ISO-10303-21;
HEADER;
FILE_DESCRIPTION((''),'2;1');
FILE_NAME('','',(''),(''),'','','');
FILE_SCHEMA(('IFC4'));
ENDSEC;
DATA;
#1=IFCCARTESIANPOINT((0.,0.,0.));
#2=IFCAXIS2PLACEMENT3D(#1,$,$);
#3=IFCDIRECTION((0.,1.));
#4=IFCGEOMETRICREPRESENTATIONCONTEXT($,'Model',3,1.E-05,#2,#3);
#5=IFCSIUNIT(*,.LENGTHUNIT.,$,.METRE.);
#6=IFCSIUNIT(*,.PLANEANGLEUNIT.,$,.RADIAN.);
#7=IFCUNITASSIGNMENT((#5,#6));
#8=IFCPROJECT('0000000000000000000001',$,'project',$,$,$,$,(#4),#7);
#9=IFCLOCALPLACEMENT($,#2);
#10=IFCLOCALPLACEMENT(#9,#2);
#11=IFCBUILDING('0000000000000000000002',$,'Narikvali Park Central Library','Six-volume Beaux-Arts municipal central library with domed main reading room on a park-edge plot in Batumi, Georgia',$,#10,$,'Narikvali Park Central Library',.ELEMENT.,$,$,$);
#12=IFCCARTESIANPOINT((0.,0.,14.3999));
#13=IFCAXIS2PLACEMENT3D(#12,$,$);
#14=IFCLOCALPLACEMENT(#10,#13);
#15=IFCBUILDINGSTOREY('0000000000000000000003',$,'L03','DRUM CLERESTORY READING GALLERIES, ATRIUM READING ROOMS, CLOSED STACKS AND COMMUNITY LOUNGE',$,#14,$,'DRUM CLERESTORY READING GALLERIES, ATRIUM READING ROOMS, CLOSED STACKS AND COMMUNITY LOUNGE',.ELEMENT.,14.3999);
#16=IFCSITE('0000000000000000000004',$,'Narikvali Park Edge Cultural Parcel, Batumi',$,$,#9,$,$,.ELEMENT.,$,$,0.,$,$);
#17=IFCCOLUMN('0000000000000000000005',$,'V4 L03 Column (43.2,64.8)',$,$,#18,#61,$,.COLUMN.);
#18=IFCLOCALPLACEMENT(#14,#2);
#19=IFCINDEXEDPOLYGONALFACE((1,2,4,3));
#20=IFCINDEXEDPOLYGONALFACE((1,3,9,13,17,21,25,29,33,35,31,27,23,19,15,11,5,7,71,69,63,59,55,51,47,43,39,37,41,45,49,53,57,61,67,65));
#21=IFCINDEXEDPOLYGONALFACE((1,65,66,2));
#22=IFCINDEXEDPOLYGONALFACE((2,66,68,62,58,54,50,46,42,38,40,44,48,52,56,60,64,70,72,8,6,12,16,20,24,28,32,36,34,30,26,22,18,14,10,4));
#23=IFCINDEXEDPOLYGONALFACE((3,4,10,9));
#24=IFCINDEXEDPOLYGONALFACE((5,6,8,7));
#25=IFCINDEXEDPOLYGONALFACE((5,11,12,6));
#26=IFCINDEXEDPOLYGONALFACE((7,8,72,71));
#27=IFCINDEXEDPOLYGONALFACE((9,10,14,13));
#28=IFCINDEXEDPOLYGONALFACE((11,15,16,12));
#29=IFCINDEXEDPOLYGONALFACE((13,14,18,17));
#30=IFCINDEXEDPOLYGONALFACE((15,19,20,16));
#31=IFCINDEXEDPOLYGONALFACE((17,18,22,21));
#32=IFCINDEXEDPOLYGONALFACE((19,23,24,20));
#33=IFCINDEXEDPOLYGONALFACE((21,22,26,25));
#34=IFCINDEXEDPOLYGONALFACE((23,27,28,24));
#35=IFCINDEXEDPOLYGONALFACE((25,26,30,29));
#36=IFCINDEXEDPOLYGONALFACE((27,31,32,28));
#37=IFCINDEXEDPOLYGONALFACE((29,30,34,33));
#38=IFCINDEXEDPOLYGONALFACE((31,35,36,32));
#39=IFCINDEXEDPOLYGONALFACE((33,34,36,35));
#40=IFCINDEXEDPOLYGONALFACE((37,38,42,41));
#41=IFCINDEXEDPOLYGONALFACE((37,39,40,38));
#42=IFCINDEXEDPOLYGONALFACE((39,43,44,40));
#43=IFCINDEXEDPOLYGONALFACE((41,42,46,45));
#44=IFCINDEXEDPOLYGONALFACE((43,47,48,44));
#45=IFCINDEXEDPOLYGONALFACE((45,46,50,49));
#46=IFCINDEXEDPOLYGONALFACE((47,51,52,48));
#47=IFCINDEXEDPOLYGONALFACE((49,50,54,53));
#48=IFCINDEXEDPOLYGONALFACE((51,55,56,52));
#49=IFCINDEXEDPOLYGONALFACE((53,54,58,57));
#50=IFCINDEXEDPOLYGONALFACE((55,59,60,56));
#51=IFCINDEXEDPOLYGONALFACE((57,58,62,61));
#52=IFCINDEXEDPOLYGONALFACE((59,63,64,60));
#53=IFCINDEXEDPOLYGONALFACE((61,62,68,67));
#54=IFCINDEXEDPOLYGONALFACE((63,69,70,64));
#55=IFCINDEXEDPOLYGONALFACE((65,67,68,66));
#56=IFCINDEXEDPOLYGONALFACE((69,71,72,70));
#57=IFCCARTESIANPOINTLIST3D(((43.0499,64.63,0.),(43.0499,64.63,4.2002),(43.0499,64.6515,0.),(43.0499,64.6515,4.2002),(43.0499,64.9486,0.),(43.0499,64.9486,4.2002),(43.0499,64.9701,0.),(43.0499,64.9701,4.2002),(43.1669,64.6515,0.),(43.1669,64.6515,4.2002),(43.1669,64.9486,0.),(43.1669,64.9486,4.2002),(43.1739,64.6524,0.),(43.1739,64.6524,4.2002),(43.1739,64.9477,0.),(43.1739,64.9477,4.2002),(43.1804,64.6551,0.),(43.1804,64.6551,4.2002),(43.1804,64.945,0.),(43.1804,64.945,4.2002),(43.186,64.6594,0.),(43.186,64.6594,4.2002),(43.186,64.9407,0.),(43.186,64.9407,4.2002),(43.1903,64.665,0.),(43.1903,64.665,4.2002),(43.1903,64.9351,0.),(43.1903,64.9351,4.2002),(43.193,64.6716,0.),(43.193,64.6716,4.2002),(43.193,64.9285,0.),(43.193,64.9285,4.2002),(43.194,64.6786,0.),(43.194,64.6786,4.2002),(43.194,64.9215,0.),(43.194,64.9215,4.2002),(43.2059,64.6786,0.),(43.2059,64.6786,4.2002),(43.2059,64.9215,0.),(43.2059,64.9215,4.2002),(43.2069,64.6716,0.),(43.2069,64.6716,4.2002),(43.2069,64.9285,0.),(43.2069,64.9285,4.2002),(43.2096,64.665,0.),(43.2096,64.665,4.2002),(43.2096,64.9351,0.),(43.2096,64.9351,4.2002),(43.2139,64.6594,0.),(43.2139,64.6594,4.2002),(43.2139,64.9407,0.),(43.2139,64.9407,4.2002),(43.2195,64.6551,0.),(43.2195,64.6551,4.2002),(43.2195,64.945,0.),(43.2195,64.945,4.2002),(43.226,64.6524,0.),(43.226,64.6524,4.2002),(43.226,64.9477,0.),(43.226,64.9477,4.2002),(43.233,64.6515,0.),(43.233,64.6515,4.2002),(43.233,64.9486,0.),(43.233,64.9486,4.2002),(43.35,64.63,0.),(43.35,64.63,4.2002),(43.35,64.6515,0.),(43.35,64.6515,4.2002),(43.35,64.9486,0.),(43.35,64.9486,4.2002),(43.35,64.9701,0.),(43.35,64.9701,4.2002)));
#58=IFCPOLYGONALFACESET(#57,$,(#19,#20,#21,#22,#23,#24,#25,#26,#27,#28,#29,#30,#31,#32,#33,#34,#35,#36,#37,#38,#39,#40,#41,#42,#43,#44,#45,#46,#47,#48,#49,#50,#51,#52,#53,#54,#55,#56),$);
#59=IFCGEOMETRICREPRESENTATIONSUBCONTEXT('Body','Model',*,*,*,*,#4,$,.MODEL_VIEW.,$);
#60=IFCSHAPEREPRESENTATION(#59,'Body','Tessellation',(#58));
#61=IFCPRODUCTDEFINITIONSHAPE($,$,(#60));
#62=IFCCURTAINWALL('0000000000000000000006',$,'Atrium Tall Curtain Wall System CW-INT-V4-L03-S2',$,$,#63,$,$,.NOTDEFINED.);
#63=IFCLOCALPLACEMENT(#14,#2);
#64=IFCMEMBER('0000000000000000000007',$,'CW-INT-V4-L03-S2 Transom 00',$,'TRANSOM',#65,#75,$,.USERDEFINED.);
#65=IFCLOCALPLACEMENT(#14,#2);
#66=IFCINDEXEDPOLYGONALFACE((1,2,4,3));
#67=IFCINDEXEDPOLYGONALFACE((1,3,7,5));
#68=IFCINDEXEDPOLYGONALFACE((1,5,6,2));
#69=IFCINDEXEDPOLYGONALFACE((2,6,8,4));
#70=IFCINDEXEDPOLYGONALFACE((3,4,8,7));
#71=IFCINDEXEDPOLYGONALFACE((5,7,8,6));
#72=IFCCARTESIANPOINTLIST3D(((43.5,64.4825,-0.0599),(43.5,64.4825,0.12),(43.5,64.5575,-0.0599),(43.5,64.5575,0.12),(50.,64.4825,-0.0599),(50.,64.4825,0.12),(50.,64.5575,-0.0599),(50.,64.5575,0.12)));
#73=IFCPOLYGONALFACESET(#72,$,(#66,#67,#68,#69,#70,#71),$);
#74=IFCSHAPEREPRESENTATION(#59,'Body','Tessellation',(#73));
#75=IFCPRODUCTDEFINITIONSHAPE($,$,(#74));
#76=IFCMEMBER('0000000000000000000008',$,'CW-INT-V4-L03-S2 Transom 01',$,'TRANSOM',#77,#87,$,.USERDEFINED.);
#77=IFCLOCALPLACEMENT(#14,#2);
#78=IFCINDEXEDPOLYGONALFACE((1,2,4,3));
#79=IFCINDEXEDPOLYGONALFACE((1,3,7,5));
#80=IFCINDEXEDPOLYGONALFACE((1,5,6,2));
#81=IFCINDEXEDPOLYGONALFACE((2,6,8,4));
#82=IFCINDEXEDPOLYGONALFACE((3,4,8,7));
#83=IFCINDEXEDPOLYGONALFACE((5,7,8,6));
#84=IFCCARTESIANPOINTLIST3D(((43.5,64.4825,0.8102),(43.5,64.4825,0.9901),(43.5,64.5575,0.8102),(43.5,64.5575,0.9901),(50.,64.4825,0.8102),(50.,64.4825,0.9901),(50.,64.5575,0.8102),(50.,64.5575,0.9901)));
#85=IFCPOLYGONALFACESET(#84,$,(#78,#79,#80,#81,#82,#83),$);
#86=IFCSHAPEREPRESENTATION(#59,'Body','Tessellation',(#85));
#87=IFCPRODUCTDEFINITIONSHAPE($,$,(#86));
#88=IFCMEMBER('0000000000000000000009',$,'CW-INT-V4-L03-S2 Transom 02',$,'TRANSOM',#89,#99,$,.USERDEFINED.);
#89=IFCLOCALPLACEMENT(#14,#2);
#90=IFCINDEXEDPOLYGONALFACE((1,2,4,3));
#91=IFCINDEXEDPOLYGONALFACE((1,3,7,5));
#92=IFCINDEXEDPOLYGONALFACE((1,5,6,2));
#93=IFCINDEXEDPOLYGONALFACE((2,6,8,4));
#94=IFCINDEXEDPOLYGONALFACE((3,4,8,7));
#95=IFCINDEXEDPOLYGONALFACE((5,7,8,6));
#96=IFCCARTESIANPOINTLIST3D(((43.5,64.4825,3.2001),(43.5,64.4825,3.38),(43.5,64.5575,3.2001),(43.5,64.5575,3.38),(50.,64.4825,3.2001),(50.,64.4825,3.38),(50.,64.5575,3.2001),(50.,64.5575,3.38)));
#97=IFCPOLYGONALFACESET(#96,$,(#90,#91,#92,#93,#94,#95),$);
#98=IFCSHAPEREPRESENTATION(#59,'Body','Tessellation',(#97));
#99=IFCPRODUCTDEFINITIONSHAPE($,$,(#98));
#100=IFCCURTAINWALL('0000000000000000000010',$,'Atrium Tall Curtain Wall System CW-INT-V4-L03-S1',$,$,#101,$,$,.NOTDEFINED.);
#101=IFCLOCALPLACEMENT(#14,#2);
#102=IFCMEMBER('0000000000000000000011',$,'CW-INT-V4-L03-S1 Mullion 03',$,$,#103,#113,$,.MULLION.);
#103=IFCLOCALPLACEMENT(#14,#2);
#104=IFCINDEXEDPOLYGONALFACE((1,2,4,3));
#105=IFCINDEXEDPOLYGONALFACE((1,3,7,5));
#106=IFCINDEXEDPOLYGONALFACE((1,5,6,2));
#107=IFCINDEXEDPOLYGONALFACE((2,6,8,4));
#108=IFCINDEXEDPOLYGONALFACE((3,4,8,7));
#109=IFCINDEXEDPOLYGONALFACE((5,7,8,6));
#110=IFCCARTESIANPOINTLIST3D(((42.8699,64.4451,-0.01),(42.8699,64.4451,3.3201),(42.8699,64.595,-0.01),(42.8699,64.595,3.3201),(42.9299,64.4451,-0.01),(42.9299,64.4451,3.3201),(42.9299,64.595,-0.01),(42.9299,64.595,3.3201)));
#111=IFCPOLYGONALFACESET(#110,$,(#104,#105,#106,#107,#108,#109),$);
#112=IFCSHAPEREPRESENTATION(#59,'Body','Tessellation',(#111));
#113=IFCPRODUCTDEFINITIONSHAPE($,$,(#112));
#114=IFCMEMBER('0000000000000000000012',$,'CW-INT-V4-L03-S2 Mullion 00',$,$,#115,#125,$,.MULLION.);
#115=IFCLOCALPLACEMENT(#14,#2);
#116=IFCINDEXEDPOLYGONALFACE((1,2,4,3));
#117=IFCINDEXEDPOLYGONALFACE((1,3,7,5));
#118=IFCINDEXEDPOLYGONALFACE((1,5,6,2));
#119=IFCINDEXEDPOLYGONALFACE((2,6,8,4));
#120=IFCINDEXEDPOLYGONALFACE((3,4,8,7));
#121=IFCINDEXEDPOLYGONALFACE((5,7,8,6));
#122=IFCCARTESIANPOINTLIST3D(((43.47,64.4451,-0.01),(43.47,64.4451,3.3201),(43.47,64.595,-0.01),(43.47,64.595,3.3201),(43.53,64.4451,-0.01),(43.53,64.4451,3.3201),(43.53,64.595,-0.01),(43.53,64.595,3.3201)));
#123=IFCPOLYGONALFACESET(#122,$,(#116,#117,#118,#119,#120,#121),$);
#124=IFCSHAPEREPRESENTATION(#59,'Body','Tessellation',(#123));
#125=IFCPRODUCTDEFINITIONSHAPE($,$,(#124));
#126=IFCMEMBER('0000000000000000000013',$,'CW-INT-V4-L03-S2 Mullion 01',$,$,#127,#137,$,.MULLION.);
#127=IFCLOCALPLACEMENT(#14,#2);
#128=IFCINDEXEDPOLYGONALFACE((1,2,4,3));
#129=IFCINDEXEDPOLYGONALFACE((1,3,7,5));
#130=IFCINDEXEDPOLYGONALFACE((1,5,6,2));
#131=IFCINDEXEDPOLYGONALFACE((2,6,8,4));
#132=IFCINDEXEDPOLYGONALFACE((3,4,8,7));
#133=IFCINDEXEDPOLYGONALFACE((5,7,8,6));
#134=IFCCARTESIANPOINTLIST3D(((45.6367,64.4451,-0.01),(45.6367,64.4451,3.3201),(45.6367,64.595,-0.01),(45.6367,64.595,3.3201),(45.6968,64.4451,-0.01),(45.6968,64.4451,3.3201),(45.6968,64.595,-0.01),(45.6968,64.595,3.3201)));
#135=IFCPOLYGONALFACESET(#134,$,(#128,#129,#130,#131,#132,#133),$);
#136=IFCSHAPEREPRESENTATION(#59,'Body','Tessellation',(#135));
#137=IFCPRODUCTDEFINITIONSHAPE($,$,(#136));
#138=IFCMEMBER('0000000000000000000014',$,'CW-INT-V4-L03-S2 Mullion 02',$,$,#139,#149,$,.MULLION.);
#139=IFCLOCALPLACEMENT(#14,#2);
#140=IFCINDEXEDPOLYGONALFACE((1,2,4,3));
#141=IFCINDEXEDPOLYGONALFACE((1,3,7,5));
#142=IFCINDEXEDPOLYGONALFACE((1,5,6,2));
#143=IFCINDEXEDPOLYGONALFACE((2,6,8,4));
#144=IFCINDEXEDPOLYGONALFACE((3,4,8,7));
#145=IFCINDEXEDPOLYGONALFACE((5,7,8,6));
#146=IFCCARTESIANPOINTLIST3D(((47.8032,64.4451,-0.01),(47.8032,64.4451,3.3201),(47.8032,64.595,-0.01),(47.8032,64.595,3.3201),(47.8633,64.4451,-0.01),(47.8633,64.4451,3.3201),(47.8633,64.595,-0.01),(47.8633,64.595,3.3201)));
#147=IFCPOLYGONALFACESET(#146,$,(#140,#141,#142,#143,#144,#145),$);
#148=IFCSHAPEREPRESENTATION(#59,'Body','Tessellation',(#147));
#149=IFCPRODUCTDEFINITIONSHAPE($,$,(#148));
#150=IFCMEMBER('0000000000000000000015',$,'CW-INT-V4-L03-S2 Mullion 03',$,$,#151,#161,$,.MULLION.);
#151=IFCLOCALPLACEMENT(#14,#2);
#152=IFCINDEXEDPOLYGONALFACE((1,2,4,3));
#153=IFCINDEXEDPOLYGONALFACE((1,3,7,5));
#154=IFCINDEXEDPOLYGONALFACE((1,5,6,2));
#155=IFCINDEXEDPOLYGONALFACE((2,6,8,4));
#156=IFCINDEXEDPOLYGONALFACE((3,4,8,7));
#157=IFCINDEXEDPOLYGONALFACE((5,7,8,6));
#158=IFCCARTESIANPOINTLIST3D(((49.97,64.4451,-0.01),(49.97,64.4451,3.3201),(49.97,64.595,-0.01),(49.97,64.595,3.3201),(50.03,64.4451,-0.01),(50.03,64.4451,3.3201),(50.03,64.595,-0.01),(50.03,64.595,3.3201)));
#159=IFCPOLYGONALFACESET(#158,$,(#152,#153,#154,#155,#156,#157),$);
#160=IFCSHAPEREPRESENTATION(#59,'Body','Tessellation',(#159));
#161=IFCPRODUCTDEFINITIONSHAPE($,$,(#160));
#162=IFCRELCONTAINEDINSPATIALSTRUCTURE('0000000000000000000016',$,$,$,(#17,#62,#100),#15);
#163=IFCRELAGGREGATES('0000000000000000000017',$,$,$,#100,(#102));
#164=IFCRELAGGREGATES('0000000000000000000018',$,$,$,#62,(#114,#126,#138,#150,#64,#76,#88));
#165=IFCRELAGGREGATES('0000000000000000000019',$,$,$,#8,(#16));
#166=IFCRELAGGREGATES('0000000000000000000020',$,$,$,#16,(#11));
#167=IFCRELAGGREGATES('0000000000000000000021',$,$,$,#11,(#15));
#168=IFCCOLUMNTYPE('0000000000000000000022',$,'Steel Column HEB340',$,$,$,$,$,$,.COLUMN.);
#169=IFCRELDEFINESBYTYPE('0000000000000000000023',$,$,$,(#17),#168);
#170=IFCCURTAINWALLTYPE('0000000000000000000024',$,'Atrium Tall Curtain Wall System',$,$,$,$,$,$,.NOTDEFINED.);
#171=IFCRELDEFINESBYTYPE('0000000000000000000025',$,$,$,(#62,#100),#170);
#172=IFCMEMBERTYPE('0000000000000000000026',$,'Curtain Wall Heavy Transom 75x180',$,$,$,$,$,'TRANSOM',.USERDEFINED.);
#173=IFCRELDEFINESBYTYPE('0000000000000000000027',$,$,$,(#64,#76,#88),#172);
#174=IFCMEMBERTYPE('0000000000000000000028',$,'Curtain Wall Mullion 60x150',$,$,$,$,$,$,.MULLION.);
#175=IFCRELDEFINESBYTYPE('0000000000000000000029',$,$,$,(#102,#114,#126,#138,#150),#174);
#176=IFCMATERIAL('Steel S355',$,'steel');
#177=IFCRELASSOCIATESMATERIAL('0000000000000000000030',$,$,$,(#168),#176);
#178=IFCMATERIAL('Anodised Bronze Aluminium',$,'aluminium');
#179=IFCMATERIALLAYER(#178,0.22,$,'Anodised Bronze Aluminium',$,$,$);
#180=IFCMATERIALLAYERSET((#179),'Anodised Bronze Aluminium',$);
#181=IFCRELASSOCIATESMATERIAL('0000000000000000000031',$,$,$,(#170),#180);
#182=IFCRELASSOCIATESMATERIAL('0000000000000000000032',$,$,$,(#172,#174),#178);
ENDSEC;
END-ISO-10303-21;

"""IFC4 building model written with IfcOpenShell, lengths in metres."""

from ifc_helpers import new_model, si_unit, direction, frame, origin, origin_2d, place, context, subcontext, project, spatial, rectangle, i_section, extrude, material, layer, layer_set, material_profile, profile_set, type_object, element, aggregate, save


model = new_model("IFC4")

# Units and contexts
model_context = context("Model", 3, precision=1e-05, world=origin(), true_north=direction((0.0, 1.0)))
body_context = subcontext(model_context, "Body", "Model", "MODEL_VIEW")
ifc_project = project(units=[si_unit("LENGTHUNIT", "METRE"), si_unit("PLANEANGLEUNIT", "RADIAN")], contexts=[model_context])

# Site, building, storey
site_placement = place(None, origin())
site = spatial("IfcSite", under=ifc_project, at=site_placement, Name="Narikvali Park Edge Cultural Parcel, Batumi", CompositionType="ELEMENT", RefElevation=0.0)
building_placement = place(site_placement, origin())
building = spatial("IfcBuilding", under=site, at=building_placement, Name="Narikvali Park Central Library", Description="Six-volume Beaux-Arts municipal central library with domed main reading room on a park-edge plot in Batumi, Georgia", LongName="Narikvali Park Central Library", CompositionType="ELEMENT")
storey_placement = place(building_placement, frame((0.0, 0.0, 14.3999)))
storey = spatial("IfcBuildingStorey", under=building, at=storey_placement, Name="L03", Description="DRUM CLERESTORY READING GALLERIES, ATRIUM READING ROOMS, CLOSED STACKS AND COMMUNITY LOUNGE", LongName="DRUM CLERESTORY READING GALLERIES, ATRIUM READING ROOMS, CLOSED STACKS AND COMMUNITY LOUNGE", CompositionType="ELEMENT", Elevation=14.3999)

# Column
ifc_material_1 = material(Name="Steel S355", Category="steel")
ifc_material_profile_1 = material_profile(ifc_material_1, i_section(OverallWidth=0.3, OverallDepth=0.3401, WebThickness=0.012, FlangeThickness=0.0215, FilletRadius=0.0271, at=origin_2d()), Name="HEB 340")
ifc_profile_set_1 = profile_set([ifc_material_profile_1], Name="Steel S355")
column_type = type_object("IfcColumnType", Name="Steel Column HEB340", PredefinedType="COLUMN", material=ifc_profile_set_1)
column_placement = place(storey_placement, frame((43.2, 64.8, 0.0), z_axis=(0.0, 0.0, 1.0), x_axis=(1.0, 0.0, 0.0)))
element("IfcColumn", 1, at=column_placement, inside=storey, type_object=column_type, Name="V4 L03 Column (43.2,64.8)", PredefinedType="COLUMN", context=body_context, shape_type="SweptSolid", body=[
    extrude(i_section(OverallWidth=0.3, OverallDepth=0.3401, WebThickness=0.012, FlangeThickness=0.0215, FilletRadius=0.0271, at=origin_2d()), origin(), (0.0, 0.0, 1.0), 4.2002),
])

# Curtain wall, members
ifc_material_2 = material(Name="Anodised Bronze Aluminium", Category="aluminium")
ifc_layer_1 = layer(ifc_material_2, 0.22, Name="Anodised Bronze Aluminium")
ifc_layer_set_1 = layer_set([ifc_layer_1], Name="Anodised Bronze Aluminium")
curtain_wall_type = type_object("IfcCurtainWallType", Name="Atrium Tall Curtain Wall System", PredefinedType="NOTDEFINED", material=ifc_layer_set_1)
curtain_wall_1_placement = place(storey_placement, origin())
curtain_wall_1 = element("IfcCurtainWall", 2, at=curtain_wall_1_placement, inside=storey, type_object=curtain_wall_type, Name="Atrium Tall Curtain Wall System CW-INT-V4-L03-S2", PredefinedType="NOTDEFINED")
ifc_material_profile_2 = material_profile(ifc_material_2, rectangle(XDim=0.075, YDim=0.1799, at=origin_2d()), Name="CW TRANSOM 75x180")
ifc_profile_set_2 = profile_set([ifc_material_profile_2], Name="Anodised Bronze Aluminium")
member_type_1 = type_object("IfcMemberType", Name="Curtain Wall Heavy Transom 75x180", ElementType="TRANSOM", PredefinedType="USERDEFINED", material=ifc_profile_set_2)
member_1_placement = place(storey_placement, frame((43.5, 64.52, 0.03), z_axis=(1.0, 0.0, 0.0), x_axis=(0.0, 1.0, 0.0)))
member_1 = element("IfcMember", 3, at=member_1_placement, type_object=member_type_1, Name="CW-INT-V4-L03-S2 Transom 00", ObjectType="TRANSOM", PredefinedType="USERDEFINED", context=body_context, shape_type="SweptSolid", body=[
    extrude(rectangle(XDim=0.075, YDim=0.1799, at=origin_2d()), origin(), (0.0, 0.0, 1.0), 6.5),
])
member_2_placement = place(storey_placement, frame((43.5, 64.52, 0.9001), z_axis=(1.0, 0.0, 0.0), x_axis=(0.0, 1.0, 0.0)))
member_2 = element("IfcMember", 4, at=member_2_placement, type_object=member_type_1, Name="CW-INT-V4-L03-S2 Transom 01", ObjectType="TRANSOM", PredefinedType="USERDEFINED", context=body_context, shape_type="SweptSolid", body=[
    extrude(rectangle(XDim=0.075, YDim=0.1799, at=origin_2d()), origin(), (0.0, 0.0, 1.0), 6.5),
])
member_3_placement = place(storey_placement, frame((43.5, 64.52, 3.29), z_axis=(1.0, 0.0, 0.0), x_axis=(0.0, 1.0, 0.0)))
member_3 = element("IfcMember", 5, at=member_3_placement, type_object=member_type_1, Name="CW-INT-V4-L03-S2 Transom 02", ObjectType="TRANSOM", PredefinedType="USERDEFINED", context=body_context, shape_type="SweptSolid", body=[
    extrude(rectangle(XDim=0.075, YDim=0.1799, at=origin_2d()), origin(), (0.0, 0.0, 1.0), 6.5),
])

# Curtain wall, member
curtain_wall_2_placement = place(storey_placement, origin())
curtain_wall_2 = element("IfcCurtainWall", 6, at=curtain_wall_2_placement, inside=storey, type_object=curtain_wall_type, Name="Atrium Tall Curtain Wall System CW-INT-V4-L03-S1", PredefinedType="NOTDEFINED")
ifc_material_profile_3 = material_profile(ifc_material_2, rectangle(XDim=0.0601, YDim=0.1499, at=origin_2d()), Name="CW MULLION 60x150")
ifc_profile_set_3 = profile_set([ifc_material_profile_3], Name="Anodised Bronze Aluminium")
member_type_2 = type_object("IfcMemberType", Name="Curtain Wall Mullion 60x150", PredefinedType="MULLION", material=ifc_profile_set_3)
member_4_placement = place(storey_placement, frame((42.8999, 64.52, -0.01), z_axis=(0.0, 0.0, 1.0), x_axis=(1.0, 0.0, 0.0)))
member_4 = element("IfcMember", 7, at=member_4_placement, type_object=member_type_2, Name="CW-INT-V4-L03-S1 Mullion 03", PredefinedType="MULLION", context=body_context, shape_type="SweptSolid", body=[
    extrude(rectangle(XDim=0.0601, YDim=0.1499, at=origin_2d()), origin(), (0.0, 0.0, 1.0), 3.3301),
])

# Members
member_5_placement = place(storey_placement, frame((43.5, 64.52, -0.01), z_axis=(0.0, 0.0, 1.0), x_axis=(1.0, 0.0, 0.0)))
member_5 = element("IfcMember", 8, at=member_5_placement, type_object=member_type_2, Name="CW-INT-V4-L03-S2 Mullion 00", PredefinedType="MULLION", context=body_context, shape_type="SweptSolid", body=[
    extrude(rectangle(XDim=0.0601, YDim=0.1499, at=origin_2d()), origin(), (0.0, 0.0, 1.0), 3.3301),
])
member_6_placement = place(storey_placement, frame((45.6667, 64.52, -0.01), z_axis=(0.0, 0.0, 1.0), x_axis=(1.0, 0.0, 0.0)))
member_6 = element("IfcMember", 9, at=member_6_placement, type_object=member_type_2, Name="CW-INT-V4-L03-S2 Mullion 01", PredefinedType="MULLION", context=body_context, shape_type="SweptSolid", body=[
    extrude(rectangle(XDim=0.0601, YDim=0.1499, at=origin_2d()), origin(), (0.0, 0.0, 1.0), 3.3301),
])
member_7_placement = place(storey_placement, frame((47.8333, 64.52, -0.01), z_axis=(0.0, 0.0, 1.0), x_axis=(1.0, 0.0, 0.0)))
member_7 = element("IfcMember", 10, at=member_7_placement, type_object=member_type_2, Name="CW-INT-V4-L03-S2 Mullion 02", PredefinedType="MULLION", context=body_context, shape_type="SweptSolid", body=[
    extrude(rectangle(XDim=0.0601, YDim=0.1499, at=origin_2d()), origin(), (0.0, 0.0, 1.0), 3.3301),
])
member_8_placement = place(storey_placement, frame((50.0, 64.52, -0.01), z_axis=(0.0, 0.0, 1.0), x_axis=(1.0, 0.0, 0.0)))
member_8 = element("IfcMember", 11, at=member_8_placement, type_object=member_type_2, Name="CW-INT-V4-L03-S2 Mullion 03", PredefinedType="MULLION", context=body_context, shape_type="SweptSolid", body=[
    extrude(rectangle(XDim=0.0601, YDim=0.1499, at=origin_2d()), origin(), (0.0, 0.0, 1.0), 3.3301),
])

aggregate(curtain_wall_2, [member_4])
aggregate(curtain_wall_1, [member_5, member_6, member_7, member_8, member_1, member_2, member_3])

save(model, "model.ifc")
